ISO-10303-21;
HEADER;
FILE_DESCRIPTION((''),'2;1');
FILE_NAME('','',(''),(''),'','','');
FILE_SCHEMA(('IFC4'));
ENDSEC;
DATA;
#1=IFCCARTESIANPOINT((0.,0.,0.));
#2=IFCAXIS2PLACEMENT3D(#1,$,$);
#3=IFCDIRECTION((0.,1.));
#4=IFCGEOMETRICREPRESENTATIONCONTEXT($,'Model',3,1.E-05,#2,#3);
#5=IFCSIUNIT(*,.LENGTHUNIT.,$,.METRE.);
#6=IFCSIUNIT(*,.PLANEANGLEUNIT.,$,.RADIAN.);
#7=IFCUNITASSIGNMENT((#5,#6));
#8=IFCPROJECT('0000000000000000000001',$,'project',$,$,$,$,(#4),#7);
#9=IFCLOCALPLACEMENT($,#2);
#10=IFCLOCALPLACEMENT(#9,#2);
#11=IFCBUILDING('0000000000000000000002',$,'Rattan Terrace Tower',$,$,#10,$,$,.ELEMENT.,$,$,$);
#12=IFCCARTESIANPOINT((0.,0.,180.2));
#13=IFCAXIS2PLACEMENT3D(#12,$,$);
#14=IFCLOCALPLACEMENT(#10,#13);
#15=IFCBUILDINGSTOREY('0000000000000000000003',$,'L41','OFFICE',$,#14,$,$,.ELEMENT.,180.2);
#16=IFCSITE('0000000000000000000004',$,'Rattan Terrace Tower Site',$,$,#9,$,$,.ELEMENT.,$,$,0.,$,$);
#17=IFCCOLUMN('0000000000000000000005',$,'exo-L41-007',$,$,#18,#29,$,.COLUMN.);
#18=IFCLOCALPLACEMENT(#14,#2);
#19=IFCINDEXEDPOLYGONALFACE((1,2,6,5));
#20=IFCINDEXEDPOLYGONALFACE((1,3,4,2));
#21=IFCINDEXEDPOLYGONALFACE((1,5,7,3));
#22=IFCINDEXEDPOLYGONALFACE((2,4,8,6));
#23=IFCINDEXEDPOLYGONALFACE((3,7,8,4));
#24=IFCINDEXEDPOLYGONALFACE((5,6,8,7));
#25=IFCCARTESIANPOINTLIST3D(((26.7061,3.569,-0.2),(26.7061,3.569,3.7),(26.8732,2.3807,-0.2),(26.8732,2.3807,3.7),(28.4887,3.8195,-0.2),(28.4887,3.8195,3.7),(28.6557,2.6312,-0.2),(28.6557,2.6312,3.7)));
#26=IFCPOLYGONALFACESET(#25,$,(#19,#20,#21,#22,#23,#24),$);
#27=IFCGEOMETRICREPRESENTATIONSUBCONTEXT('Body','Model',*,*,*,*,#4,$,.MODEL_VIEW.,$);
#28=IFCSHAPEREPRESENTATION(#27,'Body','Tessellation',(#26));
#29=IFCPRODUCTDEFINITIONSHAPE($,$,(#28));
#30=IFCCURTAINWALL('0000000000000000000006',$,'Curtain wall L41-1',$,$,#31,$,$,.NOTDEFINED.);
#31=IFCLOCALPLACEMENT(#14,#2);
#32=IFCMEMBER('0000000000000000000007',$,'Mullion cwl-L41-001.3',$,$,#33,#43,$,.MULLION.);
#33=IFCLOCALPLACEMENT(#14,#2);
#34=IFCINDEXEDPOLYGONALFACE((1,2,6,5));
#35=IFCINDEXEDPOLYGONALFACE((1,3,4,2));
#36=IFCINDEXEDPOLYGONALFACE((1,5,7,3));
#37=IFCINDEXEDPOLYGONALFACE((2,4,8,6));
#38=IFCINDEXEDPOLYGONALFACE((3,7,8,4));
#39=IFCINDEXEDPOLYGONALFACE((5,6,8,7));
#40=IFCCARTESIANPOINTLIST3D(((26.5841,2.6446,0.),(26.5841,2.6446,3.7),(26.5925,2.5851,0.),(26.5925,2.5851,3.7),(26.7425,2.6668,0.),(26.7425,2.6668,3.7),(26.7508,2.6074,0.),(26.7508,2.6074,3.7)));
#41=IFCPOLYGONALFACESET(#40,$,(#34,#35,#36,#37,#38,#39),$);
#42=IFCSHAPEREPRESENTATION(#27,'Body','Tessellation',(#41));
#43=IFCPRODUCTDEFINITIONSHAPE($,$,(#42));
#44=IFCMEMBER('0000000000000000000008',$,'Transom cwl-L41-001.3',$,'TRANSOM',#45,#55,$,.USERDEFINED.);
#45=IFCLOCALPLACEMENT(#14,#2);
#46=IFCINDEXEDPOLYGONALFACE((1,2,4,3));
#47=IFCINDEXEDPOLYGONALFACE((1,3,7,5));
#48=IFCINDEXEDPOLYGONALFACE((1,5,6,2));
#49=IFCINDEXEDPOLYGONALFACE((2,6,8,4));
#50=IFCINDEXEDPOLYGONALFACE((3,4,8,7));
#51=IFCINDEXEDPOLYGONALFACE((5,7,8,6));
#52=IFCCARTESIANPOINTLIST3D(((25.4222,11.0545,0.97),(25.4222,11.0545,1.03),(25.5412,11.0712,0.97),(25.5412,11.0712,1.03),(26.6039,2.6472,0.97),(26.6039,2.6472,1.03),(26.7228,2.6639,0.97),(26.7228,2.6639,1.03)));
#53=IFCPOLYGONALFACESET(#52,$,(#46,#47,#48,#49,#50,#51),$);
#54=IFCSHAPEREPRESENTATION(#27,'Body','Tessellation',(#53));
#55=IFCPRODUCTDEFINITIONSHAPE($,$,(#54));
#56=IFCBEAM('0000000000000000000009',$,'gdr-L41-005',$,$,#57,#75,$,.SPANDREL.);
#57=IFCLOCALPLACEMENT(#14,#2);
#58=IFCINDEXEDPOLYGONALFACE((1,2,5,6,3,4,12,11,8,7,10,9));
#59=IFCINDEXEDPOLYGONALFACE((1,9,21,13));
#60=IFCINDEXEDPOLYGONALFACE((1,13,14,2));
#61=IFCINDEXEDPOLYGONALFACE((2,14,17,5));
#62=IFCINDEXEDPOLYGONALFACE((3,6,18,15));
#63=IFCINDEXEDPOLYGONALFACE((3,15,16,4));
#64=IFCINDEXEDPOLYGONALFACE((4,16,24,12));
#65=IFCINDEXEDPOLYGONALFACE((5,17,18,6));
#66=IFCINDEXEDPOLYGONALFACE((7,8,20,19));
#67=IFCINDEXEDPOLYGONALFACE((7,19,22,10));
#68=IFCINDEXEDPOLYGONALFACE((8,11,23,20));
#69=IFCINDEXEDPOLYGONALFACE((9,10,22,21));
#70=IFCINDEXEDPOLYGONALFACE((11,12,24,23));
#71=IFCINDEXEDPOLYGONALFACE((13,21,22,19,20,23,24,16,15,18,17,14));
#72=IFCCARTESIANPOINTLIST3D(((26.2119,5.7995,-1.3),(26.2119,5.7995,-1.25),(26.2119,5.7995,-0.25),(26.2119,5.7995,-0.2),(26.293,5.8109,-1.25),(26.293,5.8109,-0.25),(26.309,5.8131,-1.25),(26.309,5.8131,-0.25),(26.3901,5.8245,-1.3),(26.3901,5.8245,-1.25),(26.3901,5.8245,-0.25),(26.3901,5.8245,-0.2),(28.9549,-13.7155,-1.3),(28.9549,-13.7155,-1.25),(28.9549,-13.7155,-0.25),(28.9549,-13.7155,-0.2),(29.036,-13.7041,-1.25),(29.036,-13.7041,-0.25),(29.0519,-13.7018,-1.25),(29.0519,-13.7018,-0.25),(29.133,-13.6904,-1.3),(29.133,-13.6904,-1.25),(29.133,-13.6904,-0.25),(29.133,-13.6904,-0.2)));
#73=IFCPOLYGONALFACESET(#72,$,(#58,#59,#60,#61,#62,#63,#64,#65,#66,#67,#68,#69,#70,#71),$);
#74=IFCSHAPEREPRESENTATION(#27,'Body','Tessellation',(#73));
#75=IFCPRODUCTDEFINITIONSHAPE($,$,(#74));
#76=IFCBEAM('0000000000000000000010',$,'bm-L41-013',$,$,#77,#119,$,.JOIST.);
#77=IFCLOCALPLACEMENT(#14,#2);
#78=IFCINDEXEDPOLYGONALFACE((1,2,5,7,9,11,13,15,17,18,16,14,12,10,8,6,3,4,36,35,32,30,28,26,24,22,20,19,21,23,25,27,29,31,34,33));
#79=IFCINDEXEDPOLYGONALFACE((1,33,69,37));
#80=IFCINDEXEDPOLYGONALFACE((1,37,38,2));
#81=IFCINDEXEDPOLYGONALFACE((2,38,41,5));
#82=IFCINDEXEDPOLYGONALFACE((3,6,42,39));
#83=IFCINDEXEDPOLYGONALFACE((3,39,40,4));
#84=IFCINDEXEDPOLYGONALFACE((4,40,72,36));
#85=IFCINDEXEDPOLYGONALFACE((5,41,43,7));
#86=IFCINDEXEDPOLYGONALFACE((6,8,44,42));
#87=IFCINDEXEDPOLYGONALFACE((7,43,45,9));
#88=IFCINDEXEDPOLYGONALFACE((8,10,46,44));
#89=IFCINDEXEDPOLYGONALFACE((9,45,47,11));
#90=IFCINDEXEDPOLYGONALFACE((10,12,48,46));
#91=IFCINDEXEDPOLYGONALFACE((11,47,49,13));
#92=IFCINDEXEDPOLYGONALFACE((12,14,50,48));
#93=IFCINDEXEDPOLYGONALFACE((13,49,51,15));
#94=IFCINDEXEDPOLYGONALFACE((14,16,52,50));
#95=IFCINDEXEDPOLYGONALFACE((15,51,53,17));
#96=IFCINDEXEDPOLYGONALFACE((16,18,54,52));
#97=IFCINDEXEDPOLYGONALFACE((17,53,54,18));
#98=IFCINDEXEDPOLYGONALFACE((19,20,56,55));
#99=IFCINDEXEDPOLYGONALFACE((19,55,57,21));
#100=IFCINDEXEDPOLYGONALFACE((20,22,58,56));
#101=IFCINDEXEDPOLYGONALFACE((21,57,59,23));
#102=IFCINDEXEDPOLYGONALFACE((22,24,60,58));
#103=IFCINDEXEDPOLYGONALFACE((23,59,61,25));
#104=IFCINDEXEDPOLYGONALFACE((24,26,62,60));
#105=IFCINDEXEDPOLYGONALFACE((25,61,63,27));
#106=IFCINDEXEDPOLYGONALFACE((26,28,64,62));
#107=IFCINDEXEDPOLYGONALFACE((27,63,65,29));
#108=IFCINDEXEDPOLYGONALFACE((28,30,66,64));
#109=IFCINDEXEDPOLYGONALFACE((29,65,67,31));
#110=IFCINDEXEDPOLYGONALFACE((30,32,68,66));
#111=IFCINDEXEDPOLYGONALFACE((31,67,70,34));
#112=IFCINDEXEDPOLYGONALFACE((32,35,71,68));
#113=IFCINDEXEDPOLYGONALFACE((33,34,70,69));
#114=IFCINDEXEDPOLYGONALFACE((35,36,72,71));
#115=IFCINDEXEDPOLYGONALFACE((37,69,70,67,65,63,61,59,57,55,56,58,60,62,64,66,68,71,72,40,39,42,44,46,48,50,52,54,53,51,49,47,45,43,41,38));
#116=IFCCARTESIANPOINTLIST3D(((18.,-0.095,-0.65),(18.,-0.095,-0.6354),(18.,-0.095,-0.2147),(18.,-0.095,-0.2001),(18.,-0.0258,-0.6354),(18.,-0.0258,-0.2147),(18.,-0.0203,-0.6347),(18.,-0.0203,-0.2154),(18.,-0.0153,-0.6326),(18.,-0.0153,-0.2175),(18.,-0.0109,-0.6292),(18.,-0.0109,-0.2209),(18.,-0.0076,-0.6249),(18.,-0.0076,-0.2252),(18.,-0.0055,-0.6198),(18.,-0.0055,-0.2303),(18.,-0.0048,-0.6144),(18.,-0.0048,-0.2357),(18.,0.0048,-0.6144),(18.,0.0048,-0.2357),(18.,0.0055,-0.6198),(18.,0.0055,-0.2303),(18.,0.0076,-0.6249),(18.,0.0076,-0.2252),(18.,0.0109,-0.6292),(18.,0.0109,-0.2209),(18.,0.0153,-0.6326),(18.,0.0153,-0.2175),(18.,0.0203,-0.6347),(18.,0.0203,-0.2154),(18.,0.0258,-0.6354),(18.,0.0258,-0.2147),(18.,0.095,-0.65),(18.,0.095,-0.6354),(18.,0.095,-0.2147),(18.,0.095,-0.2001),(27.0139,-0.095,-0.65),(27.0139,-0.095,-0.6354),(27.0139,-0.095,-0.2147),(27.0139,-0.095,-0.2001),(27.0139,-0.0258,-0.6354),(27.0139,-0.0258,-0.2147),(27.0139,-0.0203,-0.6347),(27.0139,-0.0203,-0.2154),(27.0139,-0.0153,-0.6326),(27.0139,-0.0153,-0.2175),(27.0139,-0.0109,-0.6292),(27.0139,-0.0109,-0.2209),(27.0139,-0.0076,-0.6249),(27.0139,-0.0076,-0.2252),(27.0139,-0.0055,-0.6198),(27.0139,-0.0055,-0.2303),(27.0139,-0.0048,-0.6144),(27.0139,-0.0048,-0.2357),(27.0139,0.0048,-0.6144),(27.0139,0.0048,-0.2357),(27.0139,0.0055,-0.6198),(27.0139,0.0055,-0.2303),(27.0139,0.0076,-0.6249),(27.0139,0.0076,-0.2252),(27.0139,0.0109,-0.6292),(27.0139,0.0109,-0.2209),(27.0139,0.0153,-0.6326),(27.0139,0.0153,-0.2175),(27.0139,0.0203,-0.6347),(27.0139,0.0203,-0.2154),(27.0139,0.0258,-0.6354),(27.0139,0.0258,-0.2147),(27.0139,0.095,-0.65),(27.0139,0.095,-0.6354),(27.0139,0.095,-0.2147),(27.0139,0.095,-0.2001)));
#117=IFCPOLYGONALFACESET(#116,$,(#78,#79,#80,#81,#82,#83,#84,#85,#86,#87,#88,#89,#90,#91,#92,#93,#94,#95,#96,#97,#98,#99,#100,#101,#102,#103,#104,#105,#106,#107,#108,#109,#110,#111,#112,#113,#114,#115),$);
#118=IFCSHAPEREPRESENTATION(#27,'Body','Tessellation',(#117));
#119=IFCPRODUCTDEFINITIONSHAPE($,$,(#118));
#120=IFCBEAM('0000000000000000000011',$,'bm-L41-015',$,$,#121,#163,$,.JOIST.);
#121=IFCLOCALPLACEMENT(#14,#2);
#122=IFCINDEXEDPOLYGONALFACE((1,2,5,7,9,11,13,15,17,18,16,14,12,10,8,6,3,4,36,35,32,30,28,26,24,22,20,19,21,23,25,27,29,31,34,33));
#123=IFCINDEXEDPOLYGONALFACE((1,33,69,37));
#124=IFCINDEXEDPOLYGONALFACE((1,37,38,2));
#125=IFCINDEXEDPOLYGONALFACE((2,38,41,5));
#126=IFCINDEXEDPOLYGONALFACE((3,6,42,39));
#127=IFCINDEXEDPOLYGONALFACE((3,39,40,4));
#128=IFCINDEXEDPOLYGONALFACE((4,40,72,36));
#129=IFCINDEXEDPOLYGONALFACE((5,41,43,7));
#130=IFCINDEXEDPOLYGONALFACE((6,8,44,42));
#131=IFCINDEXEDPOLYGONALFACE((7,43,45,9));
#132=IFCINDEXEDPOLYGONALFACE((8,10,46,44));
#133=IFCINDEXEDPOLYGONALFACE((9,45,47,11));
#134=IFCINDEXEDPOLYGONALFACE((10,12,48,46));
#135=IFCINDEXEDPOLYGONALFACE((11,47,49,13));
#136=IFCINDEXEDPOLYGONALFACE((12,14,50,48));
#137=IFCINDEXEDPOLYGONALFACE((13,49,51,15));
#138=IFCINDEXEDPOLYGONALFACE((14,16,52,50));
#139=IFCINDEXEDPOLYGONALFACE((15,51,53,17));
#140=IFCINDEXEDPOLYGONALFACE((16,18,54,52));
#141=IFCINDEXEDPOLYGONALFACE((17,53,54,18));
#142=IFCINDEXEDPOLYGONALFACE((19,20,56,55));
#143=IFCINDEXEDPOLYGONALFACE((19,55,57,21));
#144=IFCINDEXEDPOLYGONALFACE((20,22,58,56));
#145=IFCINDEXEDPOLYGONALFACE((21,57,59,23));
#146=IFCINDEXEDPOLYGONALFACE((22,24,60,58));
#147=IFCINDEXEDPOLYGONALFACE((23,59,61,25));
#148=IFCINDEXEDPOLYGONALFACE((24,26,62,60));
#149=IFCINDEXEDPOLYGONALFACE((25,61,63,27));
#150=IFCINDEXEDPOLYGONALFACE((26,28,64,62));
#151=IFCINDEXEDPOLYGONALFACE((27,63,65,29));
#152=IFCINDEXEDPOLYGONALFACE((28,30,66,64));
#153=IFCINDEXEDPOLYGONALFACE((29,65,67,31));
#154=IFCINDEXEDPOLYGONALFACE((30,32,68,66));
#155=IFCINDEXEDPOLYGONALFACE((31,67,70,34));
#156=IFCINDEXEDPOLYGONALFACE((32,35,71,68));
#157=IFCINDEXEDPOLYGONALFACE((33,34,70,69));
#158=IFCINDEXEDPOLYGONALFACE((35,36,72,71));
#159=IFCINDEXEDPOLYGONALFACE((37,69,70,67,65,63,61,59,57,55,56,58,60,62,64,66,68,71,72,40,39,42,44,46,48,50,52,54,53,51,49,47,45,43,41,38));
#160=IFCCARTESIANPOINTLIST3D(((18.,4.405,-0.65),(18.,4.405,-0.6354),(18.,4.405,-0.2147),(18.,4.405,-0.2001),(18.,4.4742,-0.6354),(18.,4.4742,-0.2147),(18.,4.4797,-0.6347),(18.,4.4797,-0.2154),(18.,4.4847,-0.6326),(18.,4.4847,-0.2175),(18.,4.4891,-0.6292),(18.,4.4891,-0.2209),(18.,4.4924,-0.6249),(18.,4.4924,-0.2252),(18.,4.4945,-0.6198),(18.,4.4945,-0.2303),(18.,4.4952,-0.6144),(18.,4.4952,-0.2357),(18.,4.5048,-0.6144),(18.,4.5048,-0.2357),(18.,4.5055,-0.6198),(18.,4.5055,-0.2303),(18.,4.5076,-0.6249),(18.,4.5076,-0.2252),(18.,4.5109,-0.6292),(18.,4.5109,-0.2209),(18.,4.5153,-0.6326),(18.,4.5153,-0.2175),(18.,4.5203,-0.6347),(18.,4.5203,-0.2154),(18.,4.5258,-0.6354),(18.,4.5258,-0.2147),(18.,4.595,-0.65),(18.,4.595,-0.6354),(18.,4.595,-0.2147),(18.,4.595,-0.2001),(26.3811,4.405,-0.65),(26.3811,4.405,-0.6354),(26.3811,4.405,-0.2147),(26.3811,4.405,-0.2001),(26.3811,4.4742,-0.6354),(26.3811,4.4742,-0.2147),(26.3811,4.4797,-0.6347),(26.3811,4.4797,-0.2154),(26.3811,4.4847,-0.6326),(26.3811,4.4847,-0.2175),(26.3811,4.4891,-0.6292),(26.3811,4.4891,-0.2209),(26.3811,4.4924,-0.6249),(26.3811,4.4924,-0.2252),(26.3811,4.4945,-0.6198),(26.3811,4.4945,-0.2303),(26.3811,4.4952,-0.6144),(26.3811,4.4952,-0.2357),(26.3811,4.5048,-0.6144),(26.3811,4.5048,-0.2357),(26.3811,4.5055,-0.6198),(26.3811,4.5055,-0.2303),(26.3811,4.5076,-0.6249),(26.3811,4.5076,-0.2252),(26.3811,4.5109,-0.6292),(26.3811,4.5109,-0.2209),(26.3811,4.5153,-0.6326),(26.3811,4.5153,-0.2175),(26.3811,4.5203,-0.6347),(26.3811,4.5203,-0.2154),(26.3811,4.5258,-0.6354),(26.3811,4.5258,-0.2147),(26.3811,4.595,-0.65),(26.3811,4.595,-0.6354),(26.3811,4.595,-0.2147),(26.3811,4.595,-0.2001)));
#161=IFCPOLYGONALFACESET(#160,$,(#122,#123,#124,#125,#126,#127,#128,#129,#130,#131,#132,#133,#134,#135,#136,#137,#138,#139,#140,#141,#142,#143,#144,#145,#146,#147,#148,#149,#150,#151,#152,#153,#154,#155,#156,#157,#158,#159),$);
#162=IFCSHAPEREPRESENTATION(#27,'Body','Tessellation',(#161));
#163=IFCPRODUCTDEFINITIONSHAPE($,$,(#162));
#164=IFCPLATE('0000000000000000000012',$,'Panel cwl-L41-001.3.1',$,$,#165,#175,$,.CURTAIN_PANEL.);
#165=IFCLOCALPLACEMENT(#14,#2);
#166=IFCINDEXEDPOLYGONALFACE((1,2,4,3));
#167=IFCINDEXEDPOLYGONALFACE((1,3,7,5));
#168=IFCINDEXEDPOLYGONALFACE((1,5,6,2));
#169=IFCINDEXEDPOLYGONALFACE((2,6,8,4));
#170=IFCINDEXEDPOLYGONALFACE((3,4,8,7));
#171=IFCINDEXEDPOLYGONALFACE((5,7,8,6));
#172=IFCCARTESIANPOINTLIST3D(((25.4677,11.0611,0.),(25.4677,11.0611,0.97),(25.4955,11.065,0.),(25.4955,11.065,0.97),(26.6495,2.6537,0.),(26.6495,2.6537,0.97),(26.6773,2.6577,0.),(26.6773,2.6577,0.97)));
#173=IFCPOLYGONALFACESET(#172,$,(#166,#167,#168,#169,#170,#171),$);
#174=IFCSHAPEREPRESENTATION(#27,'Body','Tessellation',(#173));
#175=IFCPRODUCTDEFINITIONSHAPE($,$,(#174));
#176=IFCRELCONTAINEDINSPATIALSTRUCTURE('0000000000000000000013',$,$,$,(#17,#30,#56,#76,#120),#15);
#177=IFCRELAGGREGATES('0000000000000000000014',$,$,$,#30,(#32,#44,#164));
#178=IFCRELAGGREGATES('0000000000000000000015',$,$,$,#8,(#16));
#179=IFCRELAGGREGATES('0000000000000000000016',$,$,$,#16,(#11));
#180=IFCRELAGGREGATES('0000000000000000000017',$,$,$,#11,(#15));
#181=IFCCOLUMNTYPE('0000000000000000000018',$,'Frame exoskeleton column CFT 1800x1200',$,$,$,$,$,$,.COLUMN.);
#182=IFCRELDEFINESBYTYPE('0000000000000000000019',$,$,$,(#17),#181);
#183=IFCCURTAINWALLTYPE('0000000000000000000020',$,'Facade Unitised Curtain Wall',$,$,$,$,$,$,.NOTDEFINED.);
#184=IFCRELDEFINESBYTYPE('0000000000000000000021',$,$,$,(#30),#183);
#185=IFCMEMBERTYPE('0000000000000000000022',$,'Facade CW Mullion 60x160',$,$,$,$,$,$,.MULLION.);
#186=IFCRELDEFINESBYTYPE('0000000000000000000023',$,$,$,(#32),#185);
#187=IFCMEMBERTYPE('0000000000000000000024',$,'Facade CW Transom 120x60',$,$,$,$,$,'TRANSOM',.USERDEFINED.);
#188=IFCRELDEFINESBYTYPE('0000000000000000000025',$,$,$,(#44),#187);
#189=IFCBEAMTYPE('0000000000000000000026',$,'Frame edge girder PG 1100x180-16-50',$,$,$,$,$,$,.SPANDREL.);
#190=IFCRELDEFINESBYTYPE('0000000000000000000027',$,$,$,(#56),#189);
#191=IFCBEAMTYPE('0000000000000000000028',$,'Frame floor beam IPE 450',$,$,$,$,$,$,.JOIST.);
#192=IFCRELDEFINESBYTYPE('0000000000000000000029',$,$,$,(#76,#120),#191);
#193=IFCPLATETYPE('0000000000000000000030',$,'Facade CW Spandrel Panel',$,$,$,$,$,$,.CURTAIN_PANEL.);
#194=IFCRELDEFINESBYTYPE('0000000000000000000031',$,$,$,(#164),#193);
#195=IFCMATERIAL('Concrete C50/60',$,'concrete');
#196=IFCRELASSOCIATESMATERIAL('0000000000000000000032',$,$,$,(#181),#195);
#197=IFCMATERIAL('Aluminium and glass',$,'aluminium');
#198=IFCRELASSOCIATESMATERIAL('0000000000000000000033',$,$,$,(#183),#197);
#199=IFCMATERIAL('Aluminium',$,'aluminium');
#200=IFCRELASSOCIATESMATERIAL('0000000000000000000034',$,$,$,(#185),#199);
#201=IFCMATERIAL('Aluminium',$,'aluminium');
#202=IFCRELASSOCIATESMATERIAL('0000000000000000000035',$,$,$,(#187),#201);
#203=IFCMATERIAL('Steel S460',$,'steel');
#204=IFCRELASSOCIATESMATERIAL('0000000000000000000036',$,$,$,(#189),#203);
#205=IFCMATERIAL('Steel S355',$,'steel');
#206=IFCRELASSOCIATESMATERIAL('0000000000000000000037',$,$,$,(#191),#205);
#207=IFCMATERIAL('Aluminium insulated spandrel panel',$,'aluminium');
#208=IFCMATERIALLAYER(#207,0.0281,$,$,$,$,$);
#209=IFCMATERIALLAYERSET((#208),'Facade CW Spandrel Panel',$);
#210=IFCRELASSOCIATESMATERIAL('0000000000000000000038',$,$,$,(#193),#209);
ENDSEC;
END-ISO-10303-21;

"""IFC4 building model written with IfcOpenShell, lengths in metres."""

from ifc_helpers import new_model, si_unit, direction, frame, origin, origin_2d, place, context, subcontext, project, spatial, rectangle, i_section, extrude, material, layer, layer_set, material_profile, profile_set, type_object, element, aggregate, save


model = new_model("IFC4")

# Units and contexts
model_context = context("Model", 3, precision=1e-05, world=origin(), true_north=direction((0.0, 1.0)))
body_context = subcontext(model_context, "Body", "Model", "MODEL_VIEW")
ifc_project = project(units=[si_unit("LENGTHUNIT", "METRE"), si_unit("PLANEANGLEUNIT", "RADIAN")], contexts=[model_context])

# Site, building, storey
site_placement = place(None, origin())
site = spatial("IfcSite", under=ifc_project, at=site_placement, Name="Rattan Terrace Tower Site", CompositionType="ELEMENT", RefElevation=0.0)
building_placement = place(site_placement, origin())
building = spatial("IfcBuilding", under=site, at=building_placement, Name="Rattan Terrace Tower", CompositionType="ELEMENT")
storey_placement = place(building_placement, frame((0.0, 0.0, 180.2)))
storey = spatial("IfcBuildingStorey", under=building, at=storey_placement, Name="L41", Description="OFFICE", CompositionType="ELEMENT", Elevation=180.2)

# Column
ifc_material_1 = material(Name="Concrete C50/60", Category="concrete")
ifc_material_profile_1 = material_profile(ifc_material_1, rectangle(XDim=1.2, YDim=1.8, at=origin_2d()), Name="CFT 1800x1200")
ifc_profile_set_1 = profile_set([ifc_material_profile_1], Name="Concrete C50/60")
column_type = type_object("IfcColumnType", Name="Frame exoskeleton column CFT 1800x1200", PredefinedType="COLUMN", material=ifc_profile_set_1)
column_placement = place(storey_placement, frame((27.6809, 3.1001, -0.2), z_axis=(0.0, 0.0, 1.0), x_axis=(-0.13919, 0.990266, 0.0)))
element("IfcColumn", 1, at=column_placement, inside=storey, type_object=column_type, Name="exo-L41-007", PredefinedType="COLUMN", context=body_context, shape_type="SweptSolid", body=[
    extrude(rectangle(XDim=1.2, YDim=1.8, at=origin_2d()), origin(), (0.0, 0.0, 1.0), 3.8999),
])

# Curtain wall, members
ifc_material_2 = material(Name="Aluminium and glass", Category="aluminium")
curtain_wall_type = type_object("IfcCurtainWallType", Name="Facade Unitised Curtain Wall", PredefinedType="NOTDEFINED", material=ifc_material_2)
curtain_wall_placement = place(storey_placement, origin())
curtain_wall = element("IfcCurtainWall", 2, at=curtain_wall_placement, inside=storey, type_object=curtain_wall_type, Name="Curtain wall L41-1", PredefinedType="NOTDEFINED")
ifc_material_3 = material(Name="Aluminium", Category="aluminium")
ifc_material_profile_2 = material_profile(ifc_material_3, rectangle(XDim=0.0601, YDim=0.1599, at=origin_2d()), Name="Aluminium 60x160")
ifc_profile_set_2 = profile_set([ifc_material_profile_2], Name="Aluminium")
member_type_1 = type_object("IfcMemberType", Name="Facade CW Mullion 60x160", PredefinedType="MULLION", material=ifc_profile_set_2)
member_1_placement = place(storey_placement, frame((26.6675, 2.626, 0.0), z_axis=(0.0, 0.0, 1.0), x_axis=(-0.139191, 0.990266, 0.0)))
member_1 = element("IfcMember", 3, at=member_1_placement, type_object=member_type_1, Name="Mullion cwl-L41-001.3", PredefinedType="MULLION", context=body_context, shape_type="SweptSolid", body=[
    extrude(rectangle(XDim=0.0601, YDim=0.1599, at=origin_2d()), origin(), (0.0, 0.0, 1.0), 3.7),
])
ifc_material_4 = material(Name="Aluminium", Category="aluminium")
ifc_material_profile_3 = material_profile(ifc_material_4, rectangle(XDim=0.1201, YDim=0.0601, at=origin_2d()), Name="Aluminium 120x60")
ifc_profile_set_3 = profile_set([ifc_material_profile_3], Name="Aluminium")
member_type_2 = type_object("IfcMemberType", Name="Facade CW Transom 120x60", ElementType="TRANSOM", PredefinedType="USERDEFINED", material=ifc_profile_set_3)
member_2_placement = place(storey_placement, frame((26.6633, 2.6555, 1.0), z_axis=(-0.139179, 0.990267, 0.0), x_axis=(-0.990267, -0.139179, 0.0)))
member_2 = element("IfcMember", 4, at=member_2_placement, type_object=member_type_2, Name="Transom cwl-L41-001.3", ObjectType="TRANSOM", PredefinedType="USERDEFINED", context=body_context, shape_type="SweptSolid", body=[
    extrude(rectangle(XDim=0.1201, YDim=0.0601, at=origin_2d()), origin(), (0.0, 0.0, 1.0), 8.49),
])

# Beams
ifc_material_5 = material(Name="Steel S460", Category="steel")
ifc_material_profile_4 = material_profile(ifc_material_5, i_section(OverallWidth=0.1799, OverallDepth=1.1001, WebThickness=0.0161, FlangeThickness=0.05, at=origin_2d()), Name="PG 1100x180-16-50")
ifc_profile_set_4 = profile_set([ifc_material_profile_4], Name="Steel S460")
beam_type_1 = type_object("IfcBeamType", Name="Frame edge girder PG 1100x180-16-50", PredefinedType="SPANDREL", material=ifc_profile_set_4)
beam_1_placement = place(storey_placement, frame((26.301, 5.812, -0.75), z_axis=(0.139187, -0.990266, 0.0), x_axis=(0.990266, 0.139187, 0.0)))
element("IfcBeam", 5, at=beam_1_placement, inside=storey, type_object=beam_type_1, Name="gdr-L41-005", PredefinedType="SPANDREL", context=body_context, shape_type="SweptSolid", body=[
    extrude(i_section(OverallWidth=0.1799, OverallDepth=1.1001, WebThickness=0.0161, FlangeThickness=0.05, at=origin_2d()), origin(), (0.0, 0.0, 1.0), 19.7068),
])
ifc_material_6 = material(Name="Steel S355", Category="steel")
ifc_material_profile_5 = material_profile(ifc_material_6, i_section(OverallWidth=0.1899, OverallDepth=0.45, WebThickness=0.0095, FlangeThickness=0.0146, FilletRadius=0.021, at=origin_2d()), Name="IPE 450")
ifc_profile_set_5 = profile_set([ifc_material_profile_5], Name="Steel S355")
beam_type_2 = type_object("IfcBeamType", Name="Frame floor beam IPE 450", PredefinedType="JOIST", material=ifc_profile_set_5)
beam_2_placement = place(storey_placement, frame((18.0, 0.0, -0.425), z_axis=(1.0, 0.0, 0.0), x_axis=(0.0, 1.0, 0.0)))
element("IfcBeam", 6, at=beam_2_placement, inside=storey, type_object=beam_type_2, Name="bm-L41-013", PredefinedType="JOIST", context=body_context, shape_type="SweptSolid", body=[
    extrude(i_section(OverallWidth=0.1899, OverallDepth=0.45, WebThickness=0.0095, FlangeThickness=0.0146, FilletRadius=0.021, at=origin_2d()), origin(), (0.0, 0.0, 1.0), 9.0139),
])
beam_3_placement = place(storey_placement, frame((18.0, 4.5, -0.425), z_axis=(1.0, 0.0, 0.0), x_axis=(0.0, 1.0, 0.0)))
element("IfcBeam", 7, at=beam_3_placement, inside=storey, type_object=beam_type_2, Name="bm-L41-015", PredefinedType="JOIST", context=body_context, shape_type="SweptSolid", body=[
    extrude(i_section(OverallWidth=0.1899, OverallDepth=0.45, WebThickness=0.0095, FlangeThickness=0.0146, FilletRadius=0.021, at=origin_2d()), origin(), (0.0, 0.0, 1.0), 8.3811),
])

# Plate
ifc_material_7 = material(Name="Aluminium insulated spandrel panel", Category="aluminium")
ifc_layer_1 = layer(ifc_material_7, 0.0281)
ifc_layer_set_1 = layer_set([ifc_layer_1], Name="Facade CW Spandrel Panel")
plate_type_1 = type_object("IfcPlateType", Name="Facade CW Spandrel Panel", PredefinedType="CURTAIN_PANEL", material=ifc_layer_set_1)
plate_1_placement = place(storey_placement, frame((26.0725, 6.8594, 0.0), z_axis=(0.0, 0.0, 1.0), x_axis=(-0.139191, 0.990266, 0.0)))
plate_1 = element("IfcPlate", 8, at=plate_1_placement, type_object=plate_type_1, Name="Panel cwl-L41-001.3.1", PredefinedType="CURTAIN_PANEL", context=body_context, shape_type="SweptSolid", body=[
    extrude(rectangle(XDim=8.49, YDim=0.0281, at=origin_2d()), origin(), (0.0, 0.0, 1.0), 0.97),
])
aggregate(curtain_wall, [member_1, member_2, plate_1])

save(model, "model.ifc")
